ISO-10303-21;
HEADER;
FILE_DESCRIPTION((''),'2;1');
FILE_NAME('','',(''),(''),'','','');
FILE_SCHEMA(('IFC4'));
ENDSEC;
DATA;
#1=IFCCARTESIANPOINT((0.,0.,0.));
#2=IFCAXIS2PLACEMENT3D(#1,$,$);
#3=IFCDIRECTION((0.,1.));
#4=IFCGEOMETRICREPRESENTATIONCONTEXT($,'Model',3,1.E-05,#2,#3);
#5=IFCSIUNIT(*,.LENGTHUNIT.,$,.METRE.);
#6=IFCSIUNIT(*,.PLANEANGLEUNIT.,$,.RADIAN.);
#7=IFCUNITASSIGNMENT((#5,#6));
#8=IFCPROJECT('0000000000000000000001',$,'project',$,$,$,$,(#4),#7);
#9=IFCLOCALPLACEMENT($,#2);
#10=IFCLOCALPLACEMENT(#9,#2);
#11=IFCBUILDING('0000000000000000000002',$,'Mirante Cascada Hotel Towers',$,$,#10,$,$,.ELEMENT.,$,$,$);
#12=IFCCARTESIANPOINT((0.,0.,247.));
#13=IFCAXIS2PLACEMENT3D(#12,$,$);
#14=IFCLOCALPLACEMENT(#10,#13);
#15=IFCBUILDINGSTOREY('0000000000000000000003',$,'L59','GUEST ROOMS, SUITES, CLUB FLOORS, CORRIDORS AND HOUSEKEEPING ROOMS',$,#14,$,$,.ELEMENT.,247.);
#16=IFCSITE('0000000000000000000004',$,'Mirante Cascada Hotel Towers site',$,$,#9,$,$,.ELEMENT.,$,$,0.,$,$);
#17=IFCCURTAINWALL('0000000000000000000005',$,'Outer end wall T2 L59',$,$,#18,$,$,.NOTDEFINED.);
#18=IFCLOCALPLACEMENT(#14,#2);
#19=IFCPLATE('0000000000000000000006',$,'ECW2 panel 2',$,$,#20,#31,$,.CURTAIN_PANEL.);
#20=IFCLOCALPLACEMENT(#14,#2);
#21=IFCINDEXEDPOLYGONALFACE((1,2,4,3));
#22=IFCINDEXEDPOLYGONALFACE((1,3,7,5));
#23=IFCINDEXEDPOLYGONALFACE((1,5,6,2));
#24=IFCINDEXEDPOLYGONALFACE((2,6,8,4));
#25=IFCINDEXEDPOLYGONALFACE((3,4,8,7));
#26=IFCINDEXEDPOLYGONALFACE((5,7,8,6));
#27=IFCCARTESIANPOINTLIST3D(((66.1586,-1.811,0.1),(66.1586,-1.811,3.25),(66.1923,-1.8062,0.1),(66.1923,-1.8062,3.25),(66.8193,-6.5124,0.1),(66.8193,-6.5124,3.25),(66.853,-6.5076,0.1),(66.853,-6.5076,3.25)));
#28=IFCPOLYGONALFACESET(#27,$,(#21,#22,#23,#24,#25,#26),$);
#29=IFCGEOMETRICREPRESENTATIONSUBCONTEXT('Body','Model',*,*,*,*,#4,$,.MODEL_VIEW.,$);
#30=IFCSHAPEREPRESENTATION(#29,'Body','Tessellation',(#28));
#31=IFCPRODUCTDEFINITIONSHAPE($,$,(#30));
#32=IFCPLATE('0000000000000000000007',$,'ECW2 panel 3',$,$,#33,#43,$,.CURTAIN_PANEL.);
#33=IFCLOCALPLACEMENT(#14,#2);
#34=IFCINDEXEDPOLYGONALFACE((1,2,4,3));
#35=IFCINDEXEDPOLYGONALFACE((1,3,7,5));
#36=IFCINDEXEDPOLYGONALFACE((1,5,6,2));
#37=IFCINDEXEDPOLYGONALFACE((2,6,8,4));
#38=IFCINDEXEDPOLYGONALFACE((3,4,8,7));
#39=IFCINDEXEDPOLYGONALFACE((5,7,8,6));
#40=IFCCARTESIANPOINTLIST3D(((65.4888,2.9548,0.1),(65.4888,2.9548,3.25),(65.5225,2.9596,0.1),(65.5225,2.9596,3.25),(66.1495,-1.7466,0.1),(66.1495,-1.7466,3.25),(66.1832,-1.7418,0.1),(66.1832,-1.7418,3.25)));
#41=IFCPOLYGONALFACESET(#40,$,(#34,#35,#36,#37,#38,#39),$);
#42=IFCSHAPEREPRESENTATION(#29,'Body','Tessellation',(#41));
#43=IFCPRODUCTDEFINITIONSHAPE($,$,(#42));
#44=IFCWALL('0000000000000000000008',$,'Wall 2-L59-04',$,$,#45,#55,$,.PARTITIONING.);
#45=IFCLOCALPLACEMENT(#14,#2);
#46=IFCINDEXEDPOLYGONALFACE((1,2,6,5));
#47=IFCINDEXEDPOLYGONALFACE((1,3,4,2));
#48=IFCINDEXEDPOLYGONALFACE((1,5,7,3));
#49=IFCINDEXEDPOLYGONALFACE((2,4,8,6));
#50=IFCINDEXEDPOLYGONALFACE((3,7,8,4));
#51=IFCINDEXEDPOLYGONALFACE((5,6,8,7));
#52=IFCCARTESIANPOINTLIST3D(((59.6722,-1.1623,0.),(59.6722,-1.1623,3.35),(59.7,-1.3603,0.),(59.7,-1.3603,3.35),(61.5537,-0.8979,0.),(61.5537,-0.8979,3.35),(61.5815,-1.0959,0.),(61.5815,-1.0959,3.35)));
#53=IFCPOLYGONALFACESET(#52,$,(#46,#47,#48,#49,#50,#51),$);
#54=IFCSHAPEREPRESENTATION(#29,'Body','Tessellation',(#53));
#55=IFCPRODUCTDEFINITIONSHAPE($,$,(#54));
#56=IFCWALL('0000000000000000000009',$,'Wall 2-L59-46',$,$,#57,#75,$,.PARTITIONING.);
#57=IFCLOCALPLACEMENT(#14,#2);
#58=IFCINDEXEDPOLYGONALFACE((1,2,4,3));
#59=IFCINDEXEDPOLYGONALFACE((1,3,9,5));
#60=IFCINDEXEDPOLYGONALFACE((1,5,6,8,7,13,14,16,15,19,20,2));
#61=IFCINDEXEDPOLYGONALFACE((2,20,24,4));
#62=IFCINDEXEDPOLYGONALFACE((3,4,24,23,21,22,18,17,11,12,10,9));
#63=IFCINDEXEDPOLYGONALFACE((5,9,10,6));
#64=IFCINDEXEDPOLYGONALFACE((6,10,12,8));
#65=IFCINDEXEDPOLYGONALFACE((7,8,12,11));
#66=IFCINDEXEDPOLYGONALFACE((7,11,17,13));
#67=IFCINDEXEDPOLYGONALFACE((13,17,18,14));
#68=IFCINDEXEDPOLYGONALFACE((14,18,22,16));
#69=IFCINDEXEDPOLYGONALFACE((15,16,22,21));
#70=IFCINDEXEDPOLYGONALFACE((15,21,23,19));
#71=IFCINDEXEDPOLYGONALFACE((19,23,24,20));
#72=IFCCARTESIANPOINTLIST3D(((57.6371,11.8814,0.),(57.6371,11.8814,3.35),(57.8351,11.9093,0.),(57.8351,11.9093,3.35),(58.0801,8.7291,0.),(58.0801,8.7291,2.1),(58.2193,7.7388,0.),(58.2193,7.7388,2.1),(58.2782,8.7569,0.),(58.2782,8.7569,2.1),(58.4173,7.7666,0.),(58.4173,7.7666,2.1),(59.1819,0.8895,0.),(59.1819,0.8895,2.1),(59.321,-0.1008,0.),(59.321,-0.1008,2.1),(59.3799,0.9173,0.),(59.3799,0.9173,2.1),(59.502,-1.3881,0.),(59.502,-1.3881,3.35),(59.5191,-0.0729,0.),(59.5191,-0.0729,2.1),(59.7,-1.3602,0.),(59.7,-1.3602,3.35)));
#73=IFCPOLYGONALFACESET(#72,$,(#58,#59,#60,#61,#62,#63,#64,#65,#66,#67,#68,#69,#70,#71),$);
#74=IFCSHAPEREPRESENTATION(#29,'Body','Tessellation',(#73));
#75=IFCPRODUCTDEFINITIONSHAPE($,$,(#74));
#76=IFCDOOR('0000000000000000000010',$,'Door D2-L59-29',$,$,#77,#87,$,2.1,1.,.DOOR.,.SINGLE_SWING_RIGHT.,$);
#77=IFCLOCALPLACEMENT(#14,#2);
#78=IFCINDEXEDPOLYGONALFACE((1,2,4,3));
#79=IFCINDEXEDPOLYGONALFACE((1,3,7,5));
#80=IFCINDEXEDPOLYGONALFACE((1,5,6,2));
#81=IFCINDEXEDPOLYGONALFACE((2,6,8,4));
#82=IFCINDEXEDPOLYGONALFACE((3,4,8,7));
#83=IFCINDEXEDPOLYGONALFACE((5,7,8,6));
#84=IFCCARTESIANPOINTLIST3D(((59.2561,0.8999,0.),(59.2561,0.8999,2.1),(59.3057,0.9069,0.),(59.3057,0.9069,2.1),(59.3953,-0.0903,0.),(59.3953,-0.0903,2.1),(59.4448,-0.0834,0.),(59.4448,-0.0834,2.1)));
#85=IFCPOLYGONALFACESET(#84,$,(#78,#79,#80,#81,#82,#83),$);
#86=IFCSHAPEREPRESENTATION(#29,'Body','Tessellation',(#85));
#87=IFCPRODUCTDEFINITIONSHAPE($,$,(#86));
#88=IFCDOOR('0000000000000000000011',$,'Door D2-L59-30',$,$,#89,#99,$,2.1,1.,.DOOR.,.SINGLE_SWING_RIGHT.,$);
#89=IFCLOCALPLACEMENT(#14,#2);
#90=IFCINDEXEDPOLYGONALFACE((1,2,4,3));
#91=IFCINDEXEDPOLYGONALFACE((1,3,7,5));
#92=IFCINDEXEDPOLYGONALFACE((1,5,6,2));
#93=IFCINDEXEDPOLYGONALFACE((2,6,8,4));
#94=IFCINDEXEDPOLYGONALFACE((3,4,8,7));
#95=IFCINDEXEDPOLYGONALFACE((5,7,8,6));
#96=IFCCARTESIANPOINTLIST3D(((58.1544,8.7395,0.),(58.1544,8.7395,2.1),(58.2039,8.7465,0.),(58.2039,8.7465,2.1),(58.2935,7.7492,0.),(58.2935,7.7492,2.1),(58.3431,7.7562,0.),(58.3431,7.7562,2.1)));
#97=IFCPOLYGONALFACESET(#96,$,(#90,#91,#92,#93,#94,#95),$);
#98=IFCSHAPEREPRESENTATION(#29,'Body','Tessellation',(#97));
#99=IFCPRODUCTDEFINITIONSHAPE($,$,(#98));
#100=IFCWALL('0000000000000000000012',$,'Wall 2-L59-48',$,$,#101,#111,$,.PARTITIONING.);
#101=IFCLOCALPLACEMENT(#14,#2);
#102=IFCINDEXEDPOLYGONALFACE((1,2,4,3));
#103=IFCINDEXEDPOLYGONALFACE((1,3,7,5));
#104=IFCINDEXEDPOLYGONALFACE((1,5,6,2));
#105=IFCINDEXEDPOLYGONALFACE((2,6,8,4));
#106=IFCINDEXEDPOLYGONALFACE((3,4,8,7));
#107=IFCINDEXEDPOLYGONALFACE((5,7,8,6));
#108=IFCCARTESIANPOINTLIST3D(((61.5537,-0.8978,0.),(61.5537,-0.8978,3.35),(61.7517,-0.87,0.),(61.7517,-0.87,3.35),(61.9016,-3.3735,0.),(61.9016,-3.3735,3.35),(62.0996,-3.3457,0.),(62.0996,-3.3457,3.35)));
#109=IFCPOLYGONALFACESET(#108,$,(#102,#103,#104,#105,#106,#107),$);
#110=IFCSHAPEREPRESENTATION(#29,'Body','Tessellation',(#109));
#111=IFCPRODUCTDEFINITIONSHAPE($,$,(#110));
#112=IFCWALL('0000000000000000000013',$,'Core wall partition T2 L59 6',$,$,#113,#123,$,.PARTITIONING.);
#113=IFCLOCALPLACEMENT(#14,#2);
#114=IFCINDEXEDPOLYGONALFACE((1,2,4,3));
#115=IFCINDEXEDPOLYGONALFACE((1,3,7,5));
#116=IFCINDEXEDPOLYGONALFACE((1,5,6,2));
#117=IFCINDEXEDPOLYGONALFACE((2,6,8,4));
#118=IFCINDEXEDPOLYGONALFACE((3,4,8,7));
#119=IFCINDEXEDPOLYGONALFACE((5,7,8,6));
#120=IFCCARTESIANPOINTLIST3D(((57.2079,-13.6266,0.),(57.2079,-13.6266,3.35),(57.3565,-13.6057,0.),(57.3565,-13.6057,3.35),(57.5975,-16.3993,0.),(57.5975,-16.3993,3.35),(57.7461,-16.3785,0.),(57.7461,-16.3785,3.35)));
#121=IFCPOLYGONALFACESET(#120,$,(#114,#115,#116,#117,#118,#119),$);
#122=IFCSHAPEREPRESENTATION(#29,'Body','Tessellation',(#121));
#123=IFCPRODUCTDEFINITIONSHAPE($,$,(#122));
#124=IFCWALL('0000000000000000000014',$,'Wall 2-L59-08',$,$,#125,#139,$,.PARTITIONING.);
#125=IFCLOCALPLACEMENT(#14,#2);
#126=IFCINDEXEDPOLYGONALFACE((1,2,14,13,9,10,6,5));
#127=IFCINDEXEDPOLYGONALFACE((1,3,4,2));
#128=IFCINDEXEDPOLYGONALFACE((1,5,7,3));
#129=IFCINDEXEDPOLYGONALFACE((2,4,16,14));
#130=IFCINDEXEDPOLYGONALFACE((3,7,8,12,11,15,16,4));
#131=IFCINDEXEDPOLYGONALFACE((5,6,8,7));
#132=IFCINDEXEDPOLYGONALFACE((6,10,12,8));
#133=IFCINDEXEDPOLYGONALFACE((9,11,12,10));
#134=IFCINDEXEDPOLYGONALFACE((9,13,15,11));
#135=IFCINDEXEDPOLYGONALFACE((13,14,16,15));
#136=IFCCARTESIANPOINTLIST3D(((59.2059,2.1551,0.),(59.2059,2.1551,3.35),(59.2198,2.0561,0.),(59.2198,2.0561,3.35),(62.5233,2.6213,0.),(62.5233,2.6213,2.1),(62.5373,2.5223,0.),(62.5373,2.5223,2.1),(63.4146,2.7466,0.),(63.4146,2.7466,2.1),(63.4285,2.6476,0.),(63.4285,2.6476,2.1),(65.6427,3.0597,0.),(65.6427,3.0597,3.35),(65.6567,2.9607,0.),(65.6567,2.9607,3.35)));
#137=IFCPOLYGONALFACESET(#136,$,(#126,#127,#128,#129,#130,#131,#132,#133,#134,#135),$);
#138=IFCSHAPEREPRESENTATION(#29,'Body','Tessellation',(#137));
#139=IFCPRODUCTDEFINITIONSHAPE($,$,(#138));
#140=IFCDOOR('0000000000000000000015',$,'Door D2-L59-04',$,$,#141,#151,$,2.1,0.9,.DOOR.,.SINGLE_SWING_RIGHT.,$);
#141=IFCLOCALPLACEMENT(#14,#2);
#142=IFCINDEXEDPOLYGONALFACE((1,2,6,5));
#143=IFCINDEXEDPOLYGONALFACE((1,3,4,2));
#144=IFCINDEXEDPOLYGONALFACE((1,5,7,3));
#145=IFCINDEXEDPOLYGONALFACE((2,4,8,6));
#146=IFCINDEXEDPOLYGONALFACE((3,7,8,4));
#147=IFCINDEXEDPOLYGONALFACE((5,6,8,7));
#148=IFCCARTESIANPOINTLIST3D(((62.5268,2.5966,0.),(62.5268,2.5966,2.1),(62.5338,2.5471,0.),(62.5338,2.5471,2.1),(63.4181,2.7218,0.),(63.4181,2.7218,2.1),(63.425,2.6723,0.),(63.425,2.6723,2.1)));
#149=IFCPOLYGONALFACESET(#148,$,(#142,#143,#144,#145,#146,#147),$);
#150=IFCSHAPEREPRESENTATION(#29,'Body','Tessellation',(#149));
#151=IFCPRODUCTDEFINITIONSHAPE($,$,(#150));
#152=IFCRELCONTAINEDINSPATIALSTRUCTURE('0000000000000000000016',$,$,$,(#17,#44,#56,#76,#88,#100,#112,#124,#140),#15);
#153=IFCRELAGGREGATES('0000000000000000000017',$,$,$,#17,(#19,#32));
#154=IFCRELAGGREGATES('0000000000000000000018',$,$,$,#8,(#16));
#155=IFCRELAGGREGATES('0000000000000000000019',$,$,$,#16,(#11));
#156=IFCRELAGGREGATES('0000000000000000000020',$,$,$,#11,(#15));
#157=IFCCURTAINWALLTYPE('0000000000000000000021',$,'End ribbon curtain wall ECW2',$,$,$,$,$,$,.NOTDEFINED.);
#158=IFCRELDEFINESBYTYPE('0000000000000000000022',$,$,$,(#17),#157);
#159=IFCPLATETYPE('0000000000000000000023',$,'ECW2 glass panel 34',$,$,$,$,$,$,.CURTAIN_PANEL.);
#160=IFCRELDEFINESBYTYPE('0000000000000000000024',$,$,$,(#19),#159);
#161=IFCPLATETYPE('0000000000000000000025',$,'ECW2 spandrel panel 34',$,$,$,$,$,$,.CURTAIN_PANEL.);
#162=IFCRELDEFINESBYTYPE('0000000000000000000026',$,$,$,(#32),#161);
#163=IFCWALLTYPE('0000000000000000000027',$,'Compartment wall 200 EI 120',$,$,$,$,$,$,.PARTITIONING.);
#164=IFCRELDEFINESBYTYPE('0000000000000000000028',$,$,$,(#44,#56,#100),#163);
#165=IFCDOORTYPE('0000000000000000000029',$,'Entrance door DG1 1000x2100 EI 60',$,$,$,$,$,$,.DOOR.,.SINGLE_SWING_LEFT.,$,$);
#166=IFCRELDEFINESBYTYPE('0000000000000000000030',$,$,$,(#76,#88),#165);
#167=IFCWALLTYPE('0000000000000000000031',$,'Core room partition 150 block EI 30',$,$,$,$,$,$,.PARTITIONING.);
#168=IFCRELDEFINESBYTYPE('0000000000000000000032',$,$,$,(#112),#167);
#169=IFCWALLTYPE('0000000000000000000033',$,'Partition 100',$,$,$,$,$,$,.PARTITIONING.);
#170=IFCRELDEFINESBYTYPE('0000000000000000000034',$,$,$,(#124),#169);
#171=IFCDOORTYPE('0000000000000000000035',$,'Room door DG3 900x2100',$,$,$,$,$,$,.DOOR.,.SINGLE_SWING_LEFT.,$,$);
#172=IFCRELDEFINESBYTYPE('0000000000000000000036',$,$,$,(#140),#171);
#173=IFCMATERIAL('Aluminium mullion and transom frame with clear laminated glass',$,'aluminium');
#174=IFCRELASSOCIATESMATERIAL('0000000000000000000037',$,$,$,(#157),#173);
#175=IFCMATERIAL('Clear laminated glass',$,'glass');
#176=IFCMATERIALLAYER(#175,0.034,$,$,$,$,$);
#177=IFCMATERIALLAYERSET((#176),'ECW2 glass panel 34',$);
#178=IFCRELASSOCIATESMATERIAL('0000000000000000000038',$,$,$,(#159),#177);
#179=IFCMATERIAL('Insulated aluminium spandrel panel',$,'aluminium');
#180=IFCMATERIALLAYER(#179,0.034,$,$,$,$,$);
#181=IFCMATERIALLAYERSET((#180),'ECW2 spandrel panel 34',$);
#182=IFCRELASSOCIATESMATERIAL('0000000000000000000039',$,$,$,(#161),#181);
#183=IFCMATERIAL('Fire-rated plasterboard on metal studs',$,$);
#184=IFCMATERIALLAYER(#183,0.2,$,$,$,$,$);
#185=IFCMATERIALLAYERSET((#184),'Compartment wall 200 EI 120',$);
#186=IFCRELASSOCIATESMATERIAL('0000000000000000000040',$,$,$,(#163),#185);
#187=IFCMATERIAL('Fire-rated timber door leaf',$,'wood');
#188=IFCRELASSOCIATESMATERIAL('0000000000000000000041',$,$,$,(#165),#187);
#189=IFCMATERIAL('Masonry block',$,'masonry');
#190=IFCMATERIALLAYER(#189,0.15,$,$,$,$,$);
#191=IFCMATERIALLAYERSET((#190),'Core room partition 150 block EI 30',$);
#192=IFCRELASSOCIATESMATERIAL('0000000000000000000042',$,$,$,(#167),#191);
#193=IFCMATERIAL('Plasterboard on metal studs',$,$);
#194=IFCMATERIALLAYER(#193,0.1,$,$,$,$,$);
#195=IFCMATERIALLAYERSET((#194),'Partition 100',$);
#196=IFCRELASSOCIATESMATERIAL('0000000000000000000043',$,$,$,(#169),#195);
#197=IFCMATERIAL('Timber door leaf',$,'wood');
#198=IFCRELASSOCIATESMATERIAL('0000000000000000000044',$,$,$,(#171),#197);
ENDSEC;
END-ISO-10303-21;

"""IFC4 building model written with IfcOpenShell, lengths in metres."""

from ifc_helpers import new_model, si_unit, direction, frame, frame_2d, origin, origin_2d, place, context, subcontext, project, spatial, rectangle, extrude, material, layer, layer_set, type_object, element, fill, aggregate, save


model = new_model("IFC4")

# Units and contexts
model_context = context("Model", 3, precision=1e-05, world=origin(), true_north=direction((0.0, 1.0)))
body_context = subcontext(model_context, "Body", "Model", "MODEL_VIEW")
ifc_project = project(units=[si_unit("LENGTHUNIT", "METRE"), si_unit("PLANEANGLEUNIT", "RADIAN")], contexts=[model_context])

# Site, building, storey
site_placement = place(None, origin())
site = spatial("IfcSite", under=ifc_project, at=site_placement, Name="Mirante Cascada Hotel Towers site", CompositionType="ELEMENT", RefElevation=0.0)
building_placement = place(site_placement, origin())
building = spatial("IfcBuilding", under=site, at=building_placement, Name="Mirante Cascada Hotel Towers", CompositionType="ELEMENT")
storey_placement = place(building_placement, frame((0.0, 0.0, 247.0)))
storey = spatial("IfcBuildingStorey", under=building, at=storey_placement, Name="L59", Description="GUEST ROOMS, SUITES, CLUB FLOORS, CORRIDORS AND HOUSEKEEPING ROOMS", CompositionType="ELEMENT", Elevation=247.0)

# Curtain wall, plates
ifc_material_1 = material(Name="Aluminium mullion and transom frame with clear laminated glass", Category="aluminium")
curtain_wall_type = type_object("IfcCurtainWallType", Name="End ribbon curtain wall ECW2", PredefinedType="NOTDEFINED", material=ifc_material_1)
curtain_wall_placement = place(storey_placement, origin())
curtain_wall = element("IfcCurtainWall", 1, at=curtain_wall_placement, inside=storey, type_object=curtain_wall_type, Name="Outer end wall T2 L59", PredefinedType="NOTDEFINED")
ifc_material_2 = material(Name="Clear laminated glass", Category="glass")
ifc_layer_1 = layer(ifc_material_2, 0.034)
ifc_layer_set_1 = layer_set([ifc_layer_1], Name="ECW2 glass panel 34")
plate_type_1 = type_object("IfcPlateType", Name="ECW2 glass panel 34", PredefinedType="CURTAIN_PANEL", material=ifc_layer_set_1)
plate_1_placement = place(storey_placement, frame((66.5058, -4.1593, 0.1), z_axis=(0.0, 0.0, 1.0), x_axis=(-0.139173, 0.990268, 0.0)))
plate_1 = element("IfcPlate", 2, at=plate_1_placement, type_object=plate_type_1, Name="ECW2 panel 2", PredefinedType="CURTAIN_PANEL", context=body_context, shape_type="SweptSolid", body=[
    extrude(rectangle(XDim=4.7476, YDim=0.034, at=origin_2d()), origin(), (0.0, 0.0, 1.0), 3.15),
])
ifc_material_3 = material(Name="Insulated aluminium spandrel panel", Category="aluminium")
ifc_layer_2 = layer(ifc_material_3, 0.034)
ifc_layer_set_2 = layer_set([ifc_layer_2], Name="ECW2 spandrel panel 34")
plate_type_2 = type_object("IfcPlateType", Name="ECW2 spandrel panel 34", PredefinedType="CURTAIN_PANEL", material=ifc_layer_set_2)
plate_2_placement = place(storey_placement, frame((65.836, 0.6065, 0.1), z_axis=(0.0, 0.0, 1.0), x_axis=(-0.139173, 0.990268, 0.0)))
plate_2 = element("IfcPlate", 3, at=plate_2_placement, type_object=plate_type_2, Name="ECW2 panel 3", PredefinedType="CURTAIN_PANEL", context=body_context, shape_type="SweptSolid", body=[
    extrude(rectangle(XDim=4.7476, YDim=0.034, at=origin_2d()), origin(), (0.0, 0.0, 1.0), 3.15),
])
aggregate(curtain_wall, [plate_1, plate_2])

# Wall
ifc_material_4 = material(Name="Fire-rated plasterboard on metal studs")
ifc_layer_3 = layer(ifc_material_4, 0.2)
ifc_layer_set_3 = layer_set([ifc_layer_3], Name="Compartment wall 200 EI 120")
wall_type_1 = type_object("IfcWallType", Name="Compartment wall 200 EI 120", PredefinedType="PARTITIONING", material=ifc_layer_set_3)
wall_1_placement = place(storey_placement, frame((59.6861, -1.2613, 0.0), z_axis=(0.0, 0.0, 1.0), x_axis=(0.99027, 0.139159, 0.0)))
element("IfcWall", 4, at=wall_1_placement, inside=storey, type_object=wall_type_1, Name="Wall 2-L59-04", PredefinedType="PARTITIONING", context=body_context, shape_type="SweptSolid", body=[
    extrude(rectangle(XDim=1.9, YDim=0.2, at=frame_2d((0.95, 0.0))), origin(), (0.0, 0.0, 1.0), 3.35),
])

# Wall, openings, doors
wall_2_placement = place(storey_placement, frame((59.601, -1.3742, 0.0), z_axis=(0.0, 0.0, 1.0), x_axis=(-0.139173, 0.990268, 0.0)))
wall_2 = element("IfcWall", 5, at=wall_2_placement, inside=storey, type_object=wall_type_1, Name="Wall 2-L59-46", PredefinedType="PARTITIONING", context=body_context, shape_type="SweptSolid", body=[
    extrude(rectangle(XDim=13.3999, YDim=0.2, at=frame_2d((6.7, 0.0))), origin(), (0.0, 0.0, 1.0), 3.35),
])
opening_1_placement = place(wall_2_placement, frame((1.3, 0.0, 0.0)))
opening_1 = element("IfcOpeningElement", 6, at=opening_1_placement, cuts=wall_2, PredefinedType="OPENING", context=body_context, shape_type="SweptSolid", body=[
    extrude(rectangle(XDim=1.0, YDim=2.1, at=frame_2d((0.5, 1.05))), frame((0.0, 0.1, 0.0), z_axis=(0.0, -1.0, 0.0), x_axis=(1.0, 0.0, 0.0)), (0.0, 0.0, 1.0), 0.2),
])
opening_2_placement = place(wall_2_placement, frame((9.2166, 0.0, 0.0)))
opening_2 = element("IfcOpeningElement", 7, at=opening_2_placement, cuts=wall_2, PredefinedType="OPENING", context=body_context, shape_type="SweptSolid", body=[
    extrude(rectangle(XDim=1.0, YDim=2.1, at=frame_2d((0.5, 1.05))), frame((0.0, 0.1, 0.0), z_axis=(0.0, -1.0, 0.0), x_axis=(1.0, 0.0, 0.0)), (0.0, 0.0, 1.0), 0.2),
])
ifc_material_5 = material(Name="Fire-rated timber door leaf", Category="wood")
door_type_1 = type_object("IfcDoorType", Name="Entrance door DG1 1000x2100 EI 60", OperationType="SINGLE_SWING_LEFT", PredefinedType="DOOR", material=ifc_material_5)
door_1_placement = place(opening_1_placement, frame((1.0, 0.0, 0.0), z_axis=(0.0, 0.0, 1.0), x_axis=(-1.0, 0.0, 0.0)))
door_1 = element("IfcDoor", 8, at=door_1_placement, inside=storey, type_object=door_type_1, Name="Door D2-L59-29", OperationType="SINGLE_SWING_RIGHT", OverallHeight=2.1, OverallWidth=1.0, PredefinedType="DOOR", context=body_context, shape_type="SweptSolid", body=[
    extrude(rectangle(XDim=1.0, YDim=2.1, at=frame_2d((0.5, 1.05))), frame((0.0, 0.025, 0.0), z_axis=(0.0, -1.0, 0.0), x_axis=(1.0, 0.0, 0.0)), (0.0, 0.0, 1.0), 0.05),
])
fill(opening_1, door_1)
door_2_placement = place(opening_2_placement, frame((1.0, 0.0, 0.0), z_axis=(0.0, 0.0, 1.0), x_axis=(-1.0, 0.0, 0.0)))
door_2 = element("IfcDoor", 9, at=door_2_placement, inside=storey, type_object=door_type_1, Name="Door D2-L59-30", OperationType="SINGLE_SWING_RIGHT", OverallHeight=2.1, OverallWidth=1.0, PredefinedType="DOOR", context=body_context, shape_type="SweptSolid", body=[
    extrude(rectangle(XDim=1.0, YDim=2.1, at=frame_2d((0.5, 1.05))), frame((0.0, 0.025, 0.0), z_axis=(0.0, -1.0, 0.0), x_axis=(1.0, 0.0, 0.0)), (0.0, 0.0, 1.0), 0.05),
])
fill(opening_2, door_2)

# Walls
wall_3_placement = place(storey_placement, frame((62.0006, -3.3596, 0.0), z_axis=(0.0, 0.0, 1.0), x_axis=(-0.139159, 0.99027, 0.0)))
element("IfcWall", 10, at=wall_3_placement, inside=storey, type_object=wall_type_1, Name="Wall 2-L59-48", PredefinedType="PARTITIONING", context=body_context, shape_type="SweptSolid", body=[
    extrude(rectangle(XDim=2.5, YDim=0.2, at=frame_2d((1.25, 0.0))), origin(), (0.0, 0.0, 1.0), 3.35),
])
ifc_material_6 = material(Name="Masonry block", Category="masonry")
ifc_layer_4 = layer(ifc_material_6, 0.15)
ifc_layer_set_4 = layer_set([ifc_layer_4], Name="Core room partition 150 block EI 30")
wall_type_2 = type_object("IfcWallType", Name="Core room partition 150 block EI 30", PredefinedType="PARTITIONING", material=ifc_layer_set_4)
wall_4_placement = place(storey_placement, frame((57.6718, -16.3889, 0.0), z_axis=(0.0, 0.0, 1.0), x_axis=(-0.139141, 0.990273, 0.0)))
element("IfcWall", 11, at=wall_4_placement, inside=storey, type_object=wall_type_2, Name="Core wall partition T2 L59 6", PredefinedType="PARTITIONING", context=body_context, shape_type="SweptSolid", body=[
    extrude(rectangle(XDim=2.8, YDim=0.15, at=frame_2d((1.4, 0.0))), origin(), (0.0, 0.0, 1.0), 3.35),
])

# Wall, opening, door
ifc_material_7 = material(Name="Plasterboard on metal studs")
ifc_layer_5 = layer(ifc_material_7, 0.1)
ifc_layer_set_5 = layer_set([ifc_layer_5], Name="Partition 100")
wall_type_3 = type_object("IfcWallType", Name="Partition 100", PredefinedType="PARTITIONING", material=ifc_layer_set_5)
wall_5_placement = place(storey_placement, frame((59.2129, 2.1056, 0.0), z_axis=(0.0, 0.0, 1.0), x_axis=(0.990269, 0.139168, 0.0)))
wall_5 = element("IfcWall", 12, at=wall_5_placement, inside=storey, type_object=wall_type_3, Name="Wall 2-L59-08", PredefinedType="PARTITIONING", context=body_context, shape_type="SweptSolid", body=[
    extrude(rectangle(XDim=6.5001, YDim=0.1, at=frame_2d((3.25, 0.0))), origin(), (0.0, 0.0, 1.0), 3.35),
])
opening_3_placement = place(wall_5_placement, frame((3.35, 0.0, 0.0)))
opening_3 = element("IfcOpeningElement", 13, at=opening_3_placement, cuts=wall_5, PredefinedType="OPENING", context=body_context, shape_type="SweptSolid", body=[
    extrude(rectangle(XDim=0.9, YDim=2.1, at=frame_2d((0.45, 1.05))), frame((0.0, 0.05, 0.0), z_axis=(0.0, -1.0, 0.0), x_axis=(1.0, 0.0, 0.0)), (0.0, 0.0, 1.0), 0.1),
])
ifc_material_8 = material(Name="Timber door leaf", Category="wood")
door_type_2 = type_object("IfcDoorType", Name="Room door DG3 900x2100", OperationType="SINGLE_SWING_LEFT", PredefinedType="DOOR", material=ifc_material_8)
door_3_placement = place(opening_3_placement, frame((0.9, 0.0, 0.0), z_axis=(0.0, 0.0, 1.0), x_axis=(-1.0, 0.0, 0.0)))
door_3 = element("IfcDoor", 14, at=door_3_placement, inside=storey, type_object=door_type_2, Name="Door D2-L59-04", OperationType="SINGLE_SWING_RIGHT", OverallHeight=2.1, OverallWidth=0.9, PredefinedType="DOOR", context=body_context, shape_type="SweptSolid", body=[
    extrude(rectangle(XDim=0.9, YDim=2.1, at=frame_2d((0.45, 1.05))), frame((0.0, 0.025, 0.0), z_axis=(0.0, -1.0, 0.0), x_axis=(1.0, 0.0, 0.0)), (0.0, 0.0, 1.0), 0.05),
])
fill(opening_3, door_3)

save(model, "model.ifc")
